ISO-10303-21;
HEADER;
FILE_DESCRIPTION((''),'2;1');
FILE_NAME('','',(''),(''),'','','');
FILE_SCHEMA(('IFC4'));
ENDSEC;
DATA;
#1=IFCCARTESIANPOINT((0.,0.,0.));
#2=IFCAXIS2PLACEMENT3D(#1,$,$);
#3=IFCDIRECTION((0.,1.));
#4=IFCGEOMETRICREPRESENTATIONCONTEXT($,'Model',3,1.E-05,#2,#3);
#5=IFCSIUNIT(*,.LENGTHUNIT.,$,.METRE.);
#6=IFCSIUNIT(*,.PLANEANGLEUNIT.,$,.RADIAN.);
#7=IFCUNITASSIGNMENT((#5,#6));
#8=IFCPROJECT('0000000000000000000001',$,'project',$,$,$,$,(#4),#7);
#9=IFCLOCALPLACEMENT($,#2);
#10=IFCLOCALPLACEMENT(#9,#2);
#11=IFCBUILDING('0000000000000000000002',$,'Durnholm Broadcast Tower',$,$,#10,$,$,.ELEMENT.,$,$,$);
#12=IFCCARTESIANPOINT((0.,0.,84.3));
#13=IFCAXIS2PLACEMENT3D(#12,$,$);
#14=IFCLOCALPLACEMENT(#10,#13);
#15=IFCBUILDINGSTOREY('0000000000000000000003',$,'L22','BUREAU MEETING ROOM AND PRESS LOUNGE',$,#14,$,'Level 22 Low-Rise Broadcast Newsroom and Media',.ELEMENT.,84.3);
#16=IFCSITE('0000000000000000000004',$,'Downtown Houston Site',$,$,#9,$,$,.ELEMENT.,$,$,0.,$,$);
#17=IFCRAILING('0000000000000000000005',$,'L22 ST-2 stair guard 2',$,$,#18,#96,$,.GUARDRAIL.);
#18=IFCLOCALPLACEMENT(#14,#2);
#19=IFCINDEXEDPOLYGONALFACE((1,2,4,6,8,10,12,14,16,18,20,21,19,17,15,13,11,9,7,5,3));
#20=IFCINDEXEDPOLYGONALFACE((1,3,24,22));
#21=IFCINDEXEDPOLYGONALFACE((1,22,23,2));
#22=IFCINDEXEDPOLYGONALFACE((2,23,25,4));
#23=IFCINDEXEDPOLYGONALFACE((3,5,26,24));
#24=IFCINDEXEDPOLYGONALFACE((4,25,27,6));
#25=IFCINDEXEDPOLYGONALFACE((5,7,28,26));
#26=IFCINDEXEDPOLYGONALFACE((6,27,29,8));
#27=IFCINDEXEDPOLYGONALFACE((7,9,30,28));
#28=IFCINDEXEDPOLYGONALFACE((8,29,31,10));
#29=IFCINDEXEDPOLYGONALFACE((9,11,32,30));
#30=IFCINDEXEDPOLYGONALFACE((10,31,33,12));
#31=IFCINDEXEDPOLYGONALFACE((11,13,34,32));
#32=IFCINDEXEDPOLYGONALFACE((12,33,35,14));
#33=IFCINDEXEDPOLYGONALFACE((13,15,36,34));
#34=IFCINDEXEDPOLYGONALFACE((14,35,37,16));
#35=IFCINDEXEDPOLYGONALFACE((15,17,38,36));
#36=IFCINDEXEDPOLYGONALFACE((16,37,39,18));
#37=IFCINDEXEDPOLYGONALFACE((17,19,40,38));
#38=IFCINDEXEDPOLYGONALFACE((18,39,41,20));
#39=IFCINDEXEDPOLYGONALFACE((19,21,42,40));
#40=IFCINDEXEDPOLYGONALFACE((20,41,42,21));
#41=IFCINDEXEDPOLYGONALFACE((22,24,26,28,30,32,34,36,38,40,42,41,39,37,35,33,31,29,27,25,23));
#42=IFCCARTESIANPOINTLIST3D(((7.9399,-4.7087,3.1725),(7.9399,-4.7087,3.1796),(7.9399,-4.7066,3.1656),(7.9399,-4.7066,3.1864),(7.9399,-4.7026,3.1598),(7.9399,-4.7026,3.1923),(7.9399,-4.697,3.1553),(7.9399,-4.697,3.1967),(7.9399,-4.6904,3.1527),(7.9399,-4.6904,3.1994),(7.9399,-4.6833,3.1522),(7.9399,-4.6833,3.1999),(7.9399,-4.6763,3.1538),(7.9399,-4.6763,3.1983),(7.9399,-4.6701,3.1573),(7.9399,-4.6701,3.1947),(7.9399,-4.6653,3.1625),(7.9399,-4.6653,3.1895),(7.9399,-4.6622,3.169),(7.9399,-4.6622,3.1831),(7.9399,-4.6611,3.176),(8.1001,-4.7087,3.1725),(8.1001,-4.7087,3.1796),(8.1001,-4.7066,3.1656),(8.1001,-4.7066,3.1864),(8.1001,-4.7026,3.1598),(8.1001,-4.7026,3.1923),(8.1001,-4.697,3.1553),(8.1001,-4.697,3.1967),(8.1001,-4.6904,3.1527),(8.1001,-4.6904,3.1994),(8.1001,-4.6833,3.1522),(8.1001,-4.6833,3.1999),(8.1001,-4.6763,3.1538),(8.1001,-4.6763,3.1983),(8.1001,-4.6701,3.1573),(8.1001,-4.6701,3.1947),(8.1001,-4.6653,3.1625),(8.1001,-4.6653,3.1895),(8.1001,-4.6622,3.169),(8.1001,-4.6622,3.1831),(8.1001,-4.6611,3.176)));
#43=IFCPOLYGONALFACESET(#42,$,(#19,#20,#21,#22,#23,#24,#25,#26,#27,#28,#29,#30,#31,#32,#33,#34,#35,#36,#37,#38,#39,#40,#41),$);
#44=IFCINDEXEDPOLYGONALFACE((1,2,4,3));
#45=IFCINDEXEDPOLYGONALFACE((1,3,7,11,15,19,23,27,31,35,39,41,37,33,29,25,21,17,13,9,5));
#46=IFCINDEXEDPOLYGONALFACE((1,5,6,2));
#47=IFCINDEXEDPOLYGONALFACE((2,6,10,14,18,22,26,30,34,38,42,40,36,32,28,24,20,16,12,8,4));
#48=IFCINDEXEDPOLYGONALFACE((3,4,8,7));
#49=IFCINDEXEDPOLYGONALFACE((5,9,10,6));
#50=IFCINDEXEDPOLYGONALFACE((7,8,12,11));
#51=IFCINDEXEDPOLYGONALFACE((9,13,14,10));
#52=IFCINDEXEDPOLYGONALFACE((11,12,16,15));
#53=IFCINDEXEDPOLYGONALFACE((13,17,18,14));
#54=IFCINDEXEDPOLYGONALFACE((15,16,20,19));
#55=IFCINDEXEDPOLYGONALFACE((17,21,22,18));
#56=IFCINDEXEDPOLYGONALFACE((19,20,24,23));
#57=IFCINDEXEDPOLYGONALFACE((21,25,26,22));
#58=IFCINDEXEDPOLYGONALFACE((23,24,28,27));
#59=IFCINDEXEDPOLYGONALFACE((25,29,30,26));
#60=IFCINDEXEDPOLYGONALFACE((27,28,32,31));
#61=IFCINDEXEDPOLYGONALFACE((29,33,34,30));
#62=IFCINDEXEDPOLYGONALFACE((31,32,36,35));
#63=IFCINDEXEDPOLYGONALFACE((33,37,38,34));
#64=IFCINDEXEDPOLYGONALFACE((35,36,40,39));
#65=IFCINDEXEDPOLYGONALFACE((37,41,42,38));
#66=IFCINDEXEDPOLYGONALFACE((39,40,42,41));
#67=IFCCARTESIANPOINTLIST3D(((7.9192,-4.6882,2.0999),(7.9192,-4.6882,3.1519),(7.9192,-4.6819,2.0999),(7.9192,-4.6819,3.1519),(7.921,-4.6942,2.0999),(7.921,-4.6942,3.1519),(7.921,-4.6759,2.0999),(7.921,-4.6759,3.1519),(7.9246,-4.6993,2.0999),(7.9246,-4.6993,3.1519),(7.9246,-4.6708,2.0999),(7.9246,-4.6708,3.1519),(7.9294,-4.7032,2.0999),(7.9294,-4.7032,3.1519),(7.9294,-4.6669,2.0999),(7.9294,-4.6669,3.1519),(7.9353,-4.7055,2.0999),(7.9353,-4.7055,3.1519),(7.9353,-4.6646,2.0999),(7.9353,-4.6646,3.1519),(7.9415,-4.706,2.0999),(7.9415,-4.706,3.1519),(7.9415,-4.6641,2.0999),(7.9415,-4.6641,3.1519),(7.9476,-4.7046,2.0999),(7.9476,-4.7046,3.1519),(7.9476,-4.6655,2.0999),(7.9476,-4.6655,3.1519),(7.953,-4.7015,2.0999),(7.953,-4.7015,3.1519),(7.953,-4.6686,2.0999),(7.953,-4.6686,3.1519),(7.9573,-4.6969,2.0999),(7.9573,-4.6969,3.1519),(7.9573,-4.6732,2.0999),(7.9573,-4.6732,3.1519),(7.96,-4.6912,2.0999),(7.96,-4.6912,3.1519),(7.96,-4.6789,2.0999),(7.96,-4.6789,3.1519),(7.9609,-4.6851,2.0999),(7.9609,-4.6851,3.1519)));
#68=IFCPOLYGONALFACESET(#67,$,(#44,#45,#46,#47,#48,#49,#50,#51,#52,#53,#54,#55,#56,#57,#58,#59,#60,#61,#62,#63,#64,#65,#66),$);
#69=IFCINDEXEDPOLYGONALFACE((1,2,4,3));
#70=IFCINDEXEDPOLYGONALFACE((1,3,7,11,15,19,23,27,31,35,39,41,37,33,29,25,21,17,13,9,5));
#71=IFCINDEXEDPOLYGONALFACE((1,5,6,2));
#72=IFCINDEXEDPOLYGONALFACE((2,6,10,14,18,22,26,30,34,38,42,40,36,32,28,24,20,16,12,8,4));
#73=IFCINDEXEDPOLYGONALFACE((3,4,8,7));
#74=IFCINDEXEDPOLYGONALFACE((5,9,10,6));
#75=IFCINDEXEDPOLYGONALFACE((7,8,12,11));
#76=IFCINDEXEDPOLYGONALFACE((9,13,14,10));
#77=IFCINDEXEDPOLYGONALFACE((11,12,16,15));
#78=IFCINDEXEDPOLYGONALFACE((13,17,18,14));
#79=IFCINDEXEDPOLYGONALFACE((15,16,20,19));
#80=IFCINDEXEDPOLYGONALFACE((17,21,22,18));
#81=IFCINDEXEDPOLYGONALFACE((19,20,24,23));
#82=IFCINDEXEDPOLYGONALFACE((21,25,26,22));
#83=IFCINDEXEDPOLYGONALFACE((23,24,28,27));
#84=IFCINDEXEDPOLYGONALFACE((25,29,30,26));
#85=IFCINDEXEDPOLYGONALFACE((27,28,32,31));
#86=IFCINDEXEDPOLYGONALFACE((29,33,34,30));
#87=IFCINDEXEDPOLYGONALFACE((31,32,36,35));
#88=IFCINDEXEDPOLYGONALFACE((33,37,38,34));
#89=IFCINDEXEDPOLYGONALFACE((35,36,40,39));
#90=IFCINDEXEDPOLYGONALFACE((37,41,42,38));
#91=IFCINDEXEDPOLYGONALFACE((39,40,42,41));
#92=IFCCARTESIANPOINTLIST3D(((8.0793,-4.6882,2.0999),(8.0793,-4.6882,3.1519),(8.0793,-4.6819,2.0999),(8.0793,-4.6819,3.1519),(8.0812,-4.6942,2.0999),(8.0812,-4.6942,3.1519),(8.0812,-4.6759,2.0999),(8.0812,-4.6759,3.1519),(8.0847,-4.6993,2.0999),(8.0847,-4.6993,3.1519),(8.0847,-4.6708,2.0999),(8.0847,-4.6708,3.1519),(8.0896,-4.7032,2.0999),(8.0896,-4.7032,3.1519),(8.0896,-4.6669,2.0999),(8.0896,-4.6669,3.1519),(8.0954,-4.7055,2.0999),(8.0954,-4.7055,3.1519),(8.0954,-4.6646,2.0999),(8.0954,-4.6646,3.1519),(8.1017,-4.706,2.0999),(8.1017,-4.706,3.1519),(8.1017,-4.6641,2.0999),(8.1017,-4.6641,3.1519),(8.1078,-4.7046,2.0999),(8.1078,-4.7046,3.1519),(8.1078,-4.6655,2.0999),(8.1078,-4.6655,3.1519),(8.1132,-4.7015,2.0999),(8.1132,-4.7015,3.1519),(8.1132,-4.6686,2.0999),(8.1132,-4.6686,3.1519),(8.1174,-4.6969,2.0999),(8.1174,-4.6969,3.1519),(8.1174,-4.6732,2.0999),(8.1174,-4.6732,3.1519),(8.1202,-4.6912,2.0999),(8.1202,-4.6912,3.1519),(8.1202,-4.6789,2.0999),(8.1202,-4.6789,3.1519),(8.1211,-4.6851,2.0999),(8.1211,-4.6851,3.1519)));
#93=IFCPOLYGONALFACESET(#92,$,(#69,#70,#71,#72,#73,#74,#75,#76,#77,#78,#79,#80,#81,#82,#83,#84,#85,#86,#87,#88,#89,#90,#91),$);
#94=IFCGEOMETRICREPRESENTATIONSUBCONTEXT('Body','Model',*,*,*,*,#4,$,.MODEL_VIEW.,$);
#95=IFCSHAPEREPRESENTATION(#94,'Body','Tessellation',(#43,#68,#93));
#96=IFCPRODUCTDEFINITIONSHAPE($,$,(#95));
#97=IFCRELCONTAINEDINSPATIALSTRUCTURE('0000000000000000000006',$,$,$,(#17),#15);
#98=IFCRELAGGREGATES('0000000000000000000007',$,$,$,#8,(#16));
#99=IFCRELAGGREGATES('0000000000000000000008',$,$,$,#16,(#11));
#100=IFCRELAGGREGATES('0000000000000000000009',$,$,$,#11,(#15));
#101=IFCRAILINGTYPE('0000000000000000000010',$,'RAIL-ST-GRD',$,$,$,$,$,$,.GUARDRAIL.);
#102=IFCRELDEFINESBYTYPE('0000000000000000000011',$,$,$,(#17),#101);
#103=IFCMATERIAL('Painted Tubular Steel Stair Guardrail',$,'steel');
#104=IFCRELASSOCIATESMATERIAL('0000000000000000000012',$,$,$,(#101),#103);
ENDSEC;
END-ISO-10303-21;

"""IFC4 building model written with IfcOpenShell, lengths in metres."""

from ifc_helpers import new_model, si_unit, direction, frame, origin, origin_2d, place, context, subcontext, project, spatial, circle, extrude, material, type_object, element, save


model = new_model("IFC4")

# Units and contexts
model_context = context("Model", 3, precision=1e-05, world=origin(), true_north=direction((0.0, 1.0)))
body_context = subcontext(model_context, "Body", "Model", "MODEL_VIEW")
ifc_project = project(units=[si_unit("LENGTHUNIT", "METRE"), si_unit("PLANEANGLEUNIT", "RADIAN")], contexts=[model_context])

# Site, building, storey
site_placement = place(None, origin())
site = spatial("IfcSite", under=ifc_project, at=site_placement, Name="Downtown Houston Site", CompositionType="ELEMENT", RefElevation=0.0)
building_placement = place(site_placement, origin())
building = spatial("IfcBuilding", under=site, at=building_placement, Name="Durnholm Broadcast Tower", CompositionType="ELEMENT")
storey_placement = place(building_placement, frame((0.0, 0.0, 84.3)))
storey = spatial("IfcBuildingStorey", under=building, at=storey_placement, Name="L22", Description="BUREAU MEETING ROOM AND PRESS LOUNGE", LongName="Level 22 Low-Rise Broadcast Newsroom and Media", CompositionType="ELEMENT", Elevation=84.3)

# Railing
ifc_material_1 = material(Name="Painted Tubular Steel Stair Guardrail", Category="steel")
railing_type_1 = type_object("IfcRailingType", Name="RAIL-ST-GRD", PredefinedType="GUARDRAIL", material=ifc_material_1)
railing_1_placement = place(storey_placement, frame((7.9399, -4.6851, 2.0999)))
element("IfcRailing", 1, at=railing_1_placement, inside=storey, type_object=railing_type_1, Name="L22 ST-2 stair guard 2", PredefinedType="GUARDRAIL", context=body_context, shape_type="SweptSolid", body=[
    extrude(circle(Radius=0.0239, at=origin_2d()), frame((0.0, 0.0, 1.0762), z_axis=(1.0, 0.0, 0.0), x_axis=(0.0, 1.0, 0.0)), (0.0, 0.0, 1.0), 0.1602),
    extrude(circle(Radius=0.021, at=origin_2d()), origin(), (0.0, 0.0, 1.0), 1.052),
    extrude(circle(Radius=0.021, at=origin_2d()), frame((0.1602, 0.0, 0.0)), (0.0, 0.0, 1.0), 1.052),
])

save(model, "model.ifc")
